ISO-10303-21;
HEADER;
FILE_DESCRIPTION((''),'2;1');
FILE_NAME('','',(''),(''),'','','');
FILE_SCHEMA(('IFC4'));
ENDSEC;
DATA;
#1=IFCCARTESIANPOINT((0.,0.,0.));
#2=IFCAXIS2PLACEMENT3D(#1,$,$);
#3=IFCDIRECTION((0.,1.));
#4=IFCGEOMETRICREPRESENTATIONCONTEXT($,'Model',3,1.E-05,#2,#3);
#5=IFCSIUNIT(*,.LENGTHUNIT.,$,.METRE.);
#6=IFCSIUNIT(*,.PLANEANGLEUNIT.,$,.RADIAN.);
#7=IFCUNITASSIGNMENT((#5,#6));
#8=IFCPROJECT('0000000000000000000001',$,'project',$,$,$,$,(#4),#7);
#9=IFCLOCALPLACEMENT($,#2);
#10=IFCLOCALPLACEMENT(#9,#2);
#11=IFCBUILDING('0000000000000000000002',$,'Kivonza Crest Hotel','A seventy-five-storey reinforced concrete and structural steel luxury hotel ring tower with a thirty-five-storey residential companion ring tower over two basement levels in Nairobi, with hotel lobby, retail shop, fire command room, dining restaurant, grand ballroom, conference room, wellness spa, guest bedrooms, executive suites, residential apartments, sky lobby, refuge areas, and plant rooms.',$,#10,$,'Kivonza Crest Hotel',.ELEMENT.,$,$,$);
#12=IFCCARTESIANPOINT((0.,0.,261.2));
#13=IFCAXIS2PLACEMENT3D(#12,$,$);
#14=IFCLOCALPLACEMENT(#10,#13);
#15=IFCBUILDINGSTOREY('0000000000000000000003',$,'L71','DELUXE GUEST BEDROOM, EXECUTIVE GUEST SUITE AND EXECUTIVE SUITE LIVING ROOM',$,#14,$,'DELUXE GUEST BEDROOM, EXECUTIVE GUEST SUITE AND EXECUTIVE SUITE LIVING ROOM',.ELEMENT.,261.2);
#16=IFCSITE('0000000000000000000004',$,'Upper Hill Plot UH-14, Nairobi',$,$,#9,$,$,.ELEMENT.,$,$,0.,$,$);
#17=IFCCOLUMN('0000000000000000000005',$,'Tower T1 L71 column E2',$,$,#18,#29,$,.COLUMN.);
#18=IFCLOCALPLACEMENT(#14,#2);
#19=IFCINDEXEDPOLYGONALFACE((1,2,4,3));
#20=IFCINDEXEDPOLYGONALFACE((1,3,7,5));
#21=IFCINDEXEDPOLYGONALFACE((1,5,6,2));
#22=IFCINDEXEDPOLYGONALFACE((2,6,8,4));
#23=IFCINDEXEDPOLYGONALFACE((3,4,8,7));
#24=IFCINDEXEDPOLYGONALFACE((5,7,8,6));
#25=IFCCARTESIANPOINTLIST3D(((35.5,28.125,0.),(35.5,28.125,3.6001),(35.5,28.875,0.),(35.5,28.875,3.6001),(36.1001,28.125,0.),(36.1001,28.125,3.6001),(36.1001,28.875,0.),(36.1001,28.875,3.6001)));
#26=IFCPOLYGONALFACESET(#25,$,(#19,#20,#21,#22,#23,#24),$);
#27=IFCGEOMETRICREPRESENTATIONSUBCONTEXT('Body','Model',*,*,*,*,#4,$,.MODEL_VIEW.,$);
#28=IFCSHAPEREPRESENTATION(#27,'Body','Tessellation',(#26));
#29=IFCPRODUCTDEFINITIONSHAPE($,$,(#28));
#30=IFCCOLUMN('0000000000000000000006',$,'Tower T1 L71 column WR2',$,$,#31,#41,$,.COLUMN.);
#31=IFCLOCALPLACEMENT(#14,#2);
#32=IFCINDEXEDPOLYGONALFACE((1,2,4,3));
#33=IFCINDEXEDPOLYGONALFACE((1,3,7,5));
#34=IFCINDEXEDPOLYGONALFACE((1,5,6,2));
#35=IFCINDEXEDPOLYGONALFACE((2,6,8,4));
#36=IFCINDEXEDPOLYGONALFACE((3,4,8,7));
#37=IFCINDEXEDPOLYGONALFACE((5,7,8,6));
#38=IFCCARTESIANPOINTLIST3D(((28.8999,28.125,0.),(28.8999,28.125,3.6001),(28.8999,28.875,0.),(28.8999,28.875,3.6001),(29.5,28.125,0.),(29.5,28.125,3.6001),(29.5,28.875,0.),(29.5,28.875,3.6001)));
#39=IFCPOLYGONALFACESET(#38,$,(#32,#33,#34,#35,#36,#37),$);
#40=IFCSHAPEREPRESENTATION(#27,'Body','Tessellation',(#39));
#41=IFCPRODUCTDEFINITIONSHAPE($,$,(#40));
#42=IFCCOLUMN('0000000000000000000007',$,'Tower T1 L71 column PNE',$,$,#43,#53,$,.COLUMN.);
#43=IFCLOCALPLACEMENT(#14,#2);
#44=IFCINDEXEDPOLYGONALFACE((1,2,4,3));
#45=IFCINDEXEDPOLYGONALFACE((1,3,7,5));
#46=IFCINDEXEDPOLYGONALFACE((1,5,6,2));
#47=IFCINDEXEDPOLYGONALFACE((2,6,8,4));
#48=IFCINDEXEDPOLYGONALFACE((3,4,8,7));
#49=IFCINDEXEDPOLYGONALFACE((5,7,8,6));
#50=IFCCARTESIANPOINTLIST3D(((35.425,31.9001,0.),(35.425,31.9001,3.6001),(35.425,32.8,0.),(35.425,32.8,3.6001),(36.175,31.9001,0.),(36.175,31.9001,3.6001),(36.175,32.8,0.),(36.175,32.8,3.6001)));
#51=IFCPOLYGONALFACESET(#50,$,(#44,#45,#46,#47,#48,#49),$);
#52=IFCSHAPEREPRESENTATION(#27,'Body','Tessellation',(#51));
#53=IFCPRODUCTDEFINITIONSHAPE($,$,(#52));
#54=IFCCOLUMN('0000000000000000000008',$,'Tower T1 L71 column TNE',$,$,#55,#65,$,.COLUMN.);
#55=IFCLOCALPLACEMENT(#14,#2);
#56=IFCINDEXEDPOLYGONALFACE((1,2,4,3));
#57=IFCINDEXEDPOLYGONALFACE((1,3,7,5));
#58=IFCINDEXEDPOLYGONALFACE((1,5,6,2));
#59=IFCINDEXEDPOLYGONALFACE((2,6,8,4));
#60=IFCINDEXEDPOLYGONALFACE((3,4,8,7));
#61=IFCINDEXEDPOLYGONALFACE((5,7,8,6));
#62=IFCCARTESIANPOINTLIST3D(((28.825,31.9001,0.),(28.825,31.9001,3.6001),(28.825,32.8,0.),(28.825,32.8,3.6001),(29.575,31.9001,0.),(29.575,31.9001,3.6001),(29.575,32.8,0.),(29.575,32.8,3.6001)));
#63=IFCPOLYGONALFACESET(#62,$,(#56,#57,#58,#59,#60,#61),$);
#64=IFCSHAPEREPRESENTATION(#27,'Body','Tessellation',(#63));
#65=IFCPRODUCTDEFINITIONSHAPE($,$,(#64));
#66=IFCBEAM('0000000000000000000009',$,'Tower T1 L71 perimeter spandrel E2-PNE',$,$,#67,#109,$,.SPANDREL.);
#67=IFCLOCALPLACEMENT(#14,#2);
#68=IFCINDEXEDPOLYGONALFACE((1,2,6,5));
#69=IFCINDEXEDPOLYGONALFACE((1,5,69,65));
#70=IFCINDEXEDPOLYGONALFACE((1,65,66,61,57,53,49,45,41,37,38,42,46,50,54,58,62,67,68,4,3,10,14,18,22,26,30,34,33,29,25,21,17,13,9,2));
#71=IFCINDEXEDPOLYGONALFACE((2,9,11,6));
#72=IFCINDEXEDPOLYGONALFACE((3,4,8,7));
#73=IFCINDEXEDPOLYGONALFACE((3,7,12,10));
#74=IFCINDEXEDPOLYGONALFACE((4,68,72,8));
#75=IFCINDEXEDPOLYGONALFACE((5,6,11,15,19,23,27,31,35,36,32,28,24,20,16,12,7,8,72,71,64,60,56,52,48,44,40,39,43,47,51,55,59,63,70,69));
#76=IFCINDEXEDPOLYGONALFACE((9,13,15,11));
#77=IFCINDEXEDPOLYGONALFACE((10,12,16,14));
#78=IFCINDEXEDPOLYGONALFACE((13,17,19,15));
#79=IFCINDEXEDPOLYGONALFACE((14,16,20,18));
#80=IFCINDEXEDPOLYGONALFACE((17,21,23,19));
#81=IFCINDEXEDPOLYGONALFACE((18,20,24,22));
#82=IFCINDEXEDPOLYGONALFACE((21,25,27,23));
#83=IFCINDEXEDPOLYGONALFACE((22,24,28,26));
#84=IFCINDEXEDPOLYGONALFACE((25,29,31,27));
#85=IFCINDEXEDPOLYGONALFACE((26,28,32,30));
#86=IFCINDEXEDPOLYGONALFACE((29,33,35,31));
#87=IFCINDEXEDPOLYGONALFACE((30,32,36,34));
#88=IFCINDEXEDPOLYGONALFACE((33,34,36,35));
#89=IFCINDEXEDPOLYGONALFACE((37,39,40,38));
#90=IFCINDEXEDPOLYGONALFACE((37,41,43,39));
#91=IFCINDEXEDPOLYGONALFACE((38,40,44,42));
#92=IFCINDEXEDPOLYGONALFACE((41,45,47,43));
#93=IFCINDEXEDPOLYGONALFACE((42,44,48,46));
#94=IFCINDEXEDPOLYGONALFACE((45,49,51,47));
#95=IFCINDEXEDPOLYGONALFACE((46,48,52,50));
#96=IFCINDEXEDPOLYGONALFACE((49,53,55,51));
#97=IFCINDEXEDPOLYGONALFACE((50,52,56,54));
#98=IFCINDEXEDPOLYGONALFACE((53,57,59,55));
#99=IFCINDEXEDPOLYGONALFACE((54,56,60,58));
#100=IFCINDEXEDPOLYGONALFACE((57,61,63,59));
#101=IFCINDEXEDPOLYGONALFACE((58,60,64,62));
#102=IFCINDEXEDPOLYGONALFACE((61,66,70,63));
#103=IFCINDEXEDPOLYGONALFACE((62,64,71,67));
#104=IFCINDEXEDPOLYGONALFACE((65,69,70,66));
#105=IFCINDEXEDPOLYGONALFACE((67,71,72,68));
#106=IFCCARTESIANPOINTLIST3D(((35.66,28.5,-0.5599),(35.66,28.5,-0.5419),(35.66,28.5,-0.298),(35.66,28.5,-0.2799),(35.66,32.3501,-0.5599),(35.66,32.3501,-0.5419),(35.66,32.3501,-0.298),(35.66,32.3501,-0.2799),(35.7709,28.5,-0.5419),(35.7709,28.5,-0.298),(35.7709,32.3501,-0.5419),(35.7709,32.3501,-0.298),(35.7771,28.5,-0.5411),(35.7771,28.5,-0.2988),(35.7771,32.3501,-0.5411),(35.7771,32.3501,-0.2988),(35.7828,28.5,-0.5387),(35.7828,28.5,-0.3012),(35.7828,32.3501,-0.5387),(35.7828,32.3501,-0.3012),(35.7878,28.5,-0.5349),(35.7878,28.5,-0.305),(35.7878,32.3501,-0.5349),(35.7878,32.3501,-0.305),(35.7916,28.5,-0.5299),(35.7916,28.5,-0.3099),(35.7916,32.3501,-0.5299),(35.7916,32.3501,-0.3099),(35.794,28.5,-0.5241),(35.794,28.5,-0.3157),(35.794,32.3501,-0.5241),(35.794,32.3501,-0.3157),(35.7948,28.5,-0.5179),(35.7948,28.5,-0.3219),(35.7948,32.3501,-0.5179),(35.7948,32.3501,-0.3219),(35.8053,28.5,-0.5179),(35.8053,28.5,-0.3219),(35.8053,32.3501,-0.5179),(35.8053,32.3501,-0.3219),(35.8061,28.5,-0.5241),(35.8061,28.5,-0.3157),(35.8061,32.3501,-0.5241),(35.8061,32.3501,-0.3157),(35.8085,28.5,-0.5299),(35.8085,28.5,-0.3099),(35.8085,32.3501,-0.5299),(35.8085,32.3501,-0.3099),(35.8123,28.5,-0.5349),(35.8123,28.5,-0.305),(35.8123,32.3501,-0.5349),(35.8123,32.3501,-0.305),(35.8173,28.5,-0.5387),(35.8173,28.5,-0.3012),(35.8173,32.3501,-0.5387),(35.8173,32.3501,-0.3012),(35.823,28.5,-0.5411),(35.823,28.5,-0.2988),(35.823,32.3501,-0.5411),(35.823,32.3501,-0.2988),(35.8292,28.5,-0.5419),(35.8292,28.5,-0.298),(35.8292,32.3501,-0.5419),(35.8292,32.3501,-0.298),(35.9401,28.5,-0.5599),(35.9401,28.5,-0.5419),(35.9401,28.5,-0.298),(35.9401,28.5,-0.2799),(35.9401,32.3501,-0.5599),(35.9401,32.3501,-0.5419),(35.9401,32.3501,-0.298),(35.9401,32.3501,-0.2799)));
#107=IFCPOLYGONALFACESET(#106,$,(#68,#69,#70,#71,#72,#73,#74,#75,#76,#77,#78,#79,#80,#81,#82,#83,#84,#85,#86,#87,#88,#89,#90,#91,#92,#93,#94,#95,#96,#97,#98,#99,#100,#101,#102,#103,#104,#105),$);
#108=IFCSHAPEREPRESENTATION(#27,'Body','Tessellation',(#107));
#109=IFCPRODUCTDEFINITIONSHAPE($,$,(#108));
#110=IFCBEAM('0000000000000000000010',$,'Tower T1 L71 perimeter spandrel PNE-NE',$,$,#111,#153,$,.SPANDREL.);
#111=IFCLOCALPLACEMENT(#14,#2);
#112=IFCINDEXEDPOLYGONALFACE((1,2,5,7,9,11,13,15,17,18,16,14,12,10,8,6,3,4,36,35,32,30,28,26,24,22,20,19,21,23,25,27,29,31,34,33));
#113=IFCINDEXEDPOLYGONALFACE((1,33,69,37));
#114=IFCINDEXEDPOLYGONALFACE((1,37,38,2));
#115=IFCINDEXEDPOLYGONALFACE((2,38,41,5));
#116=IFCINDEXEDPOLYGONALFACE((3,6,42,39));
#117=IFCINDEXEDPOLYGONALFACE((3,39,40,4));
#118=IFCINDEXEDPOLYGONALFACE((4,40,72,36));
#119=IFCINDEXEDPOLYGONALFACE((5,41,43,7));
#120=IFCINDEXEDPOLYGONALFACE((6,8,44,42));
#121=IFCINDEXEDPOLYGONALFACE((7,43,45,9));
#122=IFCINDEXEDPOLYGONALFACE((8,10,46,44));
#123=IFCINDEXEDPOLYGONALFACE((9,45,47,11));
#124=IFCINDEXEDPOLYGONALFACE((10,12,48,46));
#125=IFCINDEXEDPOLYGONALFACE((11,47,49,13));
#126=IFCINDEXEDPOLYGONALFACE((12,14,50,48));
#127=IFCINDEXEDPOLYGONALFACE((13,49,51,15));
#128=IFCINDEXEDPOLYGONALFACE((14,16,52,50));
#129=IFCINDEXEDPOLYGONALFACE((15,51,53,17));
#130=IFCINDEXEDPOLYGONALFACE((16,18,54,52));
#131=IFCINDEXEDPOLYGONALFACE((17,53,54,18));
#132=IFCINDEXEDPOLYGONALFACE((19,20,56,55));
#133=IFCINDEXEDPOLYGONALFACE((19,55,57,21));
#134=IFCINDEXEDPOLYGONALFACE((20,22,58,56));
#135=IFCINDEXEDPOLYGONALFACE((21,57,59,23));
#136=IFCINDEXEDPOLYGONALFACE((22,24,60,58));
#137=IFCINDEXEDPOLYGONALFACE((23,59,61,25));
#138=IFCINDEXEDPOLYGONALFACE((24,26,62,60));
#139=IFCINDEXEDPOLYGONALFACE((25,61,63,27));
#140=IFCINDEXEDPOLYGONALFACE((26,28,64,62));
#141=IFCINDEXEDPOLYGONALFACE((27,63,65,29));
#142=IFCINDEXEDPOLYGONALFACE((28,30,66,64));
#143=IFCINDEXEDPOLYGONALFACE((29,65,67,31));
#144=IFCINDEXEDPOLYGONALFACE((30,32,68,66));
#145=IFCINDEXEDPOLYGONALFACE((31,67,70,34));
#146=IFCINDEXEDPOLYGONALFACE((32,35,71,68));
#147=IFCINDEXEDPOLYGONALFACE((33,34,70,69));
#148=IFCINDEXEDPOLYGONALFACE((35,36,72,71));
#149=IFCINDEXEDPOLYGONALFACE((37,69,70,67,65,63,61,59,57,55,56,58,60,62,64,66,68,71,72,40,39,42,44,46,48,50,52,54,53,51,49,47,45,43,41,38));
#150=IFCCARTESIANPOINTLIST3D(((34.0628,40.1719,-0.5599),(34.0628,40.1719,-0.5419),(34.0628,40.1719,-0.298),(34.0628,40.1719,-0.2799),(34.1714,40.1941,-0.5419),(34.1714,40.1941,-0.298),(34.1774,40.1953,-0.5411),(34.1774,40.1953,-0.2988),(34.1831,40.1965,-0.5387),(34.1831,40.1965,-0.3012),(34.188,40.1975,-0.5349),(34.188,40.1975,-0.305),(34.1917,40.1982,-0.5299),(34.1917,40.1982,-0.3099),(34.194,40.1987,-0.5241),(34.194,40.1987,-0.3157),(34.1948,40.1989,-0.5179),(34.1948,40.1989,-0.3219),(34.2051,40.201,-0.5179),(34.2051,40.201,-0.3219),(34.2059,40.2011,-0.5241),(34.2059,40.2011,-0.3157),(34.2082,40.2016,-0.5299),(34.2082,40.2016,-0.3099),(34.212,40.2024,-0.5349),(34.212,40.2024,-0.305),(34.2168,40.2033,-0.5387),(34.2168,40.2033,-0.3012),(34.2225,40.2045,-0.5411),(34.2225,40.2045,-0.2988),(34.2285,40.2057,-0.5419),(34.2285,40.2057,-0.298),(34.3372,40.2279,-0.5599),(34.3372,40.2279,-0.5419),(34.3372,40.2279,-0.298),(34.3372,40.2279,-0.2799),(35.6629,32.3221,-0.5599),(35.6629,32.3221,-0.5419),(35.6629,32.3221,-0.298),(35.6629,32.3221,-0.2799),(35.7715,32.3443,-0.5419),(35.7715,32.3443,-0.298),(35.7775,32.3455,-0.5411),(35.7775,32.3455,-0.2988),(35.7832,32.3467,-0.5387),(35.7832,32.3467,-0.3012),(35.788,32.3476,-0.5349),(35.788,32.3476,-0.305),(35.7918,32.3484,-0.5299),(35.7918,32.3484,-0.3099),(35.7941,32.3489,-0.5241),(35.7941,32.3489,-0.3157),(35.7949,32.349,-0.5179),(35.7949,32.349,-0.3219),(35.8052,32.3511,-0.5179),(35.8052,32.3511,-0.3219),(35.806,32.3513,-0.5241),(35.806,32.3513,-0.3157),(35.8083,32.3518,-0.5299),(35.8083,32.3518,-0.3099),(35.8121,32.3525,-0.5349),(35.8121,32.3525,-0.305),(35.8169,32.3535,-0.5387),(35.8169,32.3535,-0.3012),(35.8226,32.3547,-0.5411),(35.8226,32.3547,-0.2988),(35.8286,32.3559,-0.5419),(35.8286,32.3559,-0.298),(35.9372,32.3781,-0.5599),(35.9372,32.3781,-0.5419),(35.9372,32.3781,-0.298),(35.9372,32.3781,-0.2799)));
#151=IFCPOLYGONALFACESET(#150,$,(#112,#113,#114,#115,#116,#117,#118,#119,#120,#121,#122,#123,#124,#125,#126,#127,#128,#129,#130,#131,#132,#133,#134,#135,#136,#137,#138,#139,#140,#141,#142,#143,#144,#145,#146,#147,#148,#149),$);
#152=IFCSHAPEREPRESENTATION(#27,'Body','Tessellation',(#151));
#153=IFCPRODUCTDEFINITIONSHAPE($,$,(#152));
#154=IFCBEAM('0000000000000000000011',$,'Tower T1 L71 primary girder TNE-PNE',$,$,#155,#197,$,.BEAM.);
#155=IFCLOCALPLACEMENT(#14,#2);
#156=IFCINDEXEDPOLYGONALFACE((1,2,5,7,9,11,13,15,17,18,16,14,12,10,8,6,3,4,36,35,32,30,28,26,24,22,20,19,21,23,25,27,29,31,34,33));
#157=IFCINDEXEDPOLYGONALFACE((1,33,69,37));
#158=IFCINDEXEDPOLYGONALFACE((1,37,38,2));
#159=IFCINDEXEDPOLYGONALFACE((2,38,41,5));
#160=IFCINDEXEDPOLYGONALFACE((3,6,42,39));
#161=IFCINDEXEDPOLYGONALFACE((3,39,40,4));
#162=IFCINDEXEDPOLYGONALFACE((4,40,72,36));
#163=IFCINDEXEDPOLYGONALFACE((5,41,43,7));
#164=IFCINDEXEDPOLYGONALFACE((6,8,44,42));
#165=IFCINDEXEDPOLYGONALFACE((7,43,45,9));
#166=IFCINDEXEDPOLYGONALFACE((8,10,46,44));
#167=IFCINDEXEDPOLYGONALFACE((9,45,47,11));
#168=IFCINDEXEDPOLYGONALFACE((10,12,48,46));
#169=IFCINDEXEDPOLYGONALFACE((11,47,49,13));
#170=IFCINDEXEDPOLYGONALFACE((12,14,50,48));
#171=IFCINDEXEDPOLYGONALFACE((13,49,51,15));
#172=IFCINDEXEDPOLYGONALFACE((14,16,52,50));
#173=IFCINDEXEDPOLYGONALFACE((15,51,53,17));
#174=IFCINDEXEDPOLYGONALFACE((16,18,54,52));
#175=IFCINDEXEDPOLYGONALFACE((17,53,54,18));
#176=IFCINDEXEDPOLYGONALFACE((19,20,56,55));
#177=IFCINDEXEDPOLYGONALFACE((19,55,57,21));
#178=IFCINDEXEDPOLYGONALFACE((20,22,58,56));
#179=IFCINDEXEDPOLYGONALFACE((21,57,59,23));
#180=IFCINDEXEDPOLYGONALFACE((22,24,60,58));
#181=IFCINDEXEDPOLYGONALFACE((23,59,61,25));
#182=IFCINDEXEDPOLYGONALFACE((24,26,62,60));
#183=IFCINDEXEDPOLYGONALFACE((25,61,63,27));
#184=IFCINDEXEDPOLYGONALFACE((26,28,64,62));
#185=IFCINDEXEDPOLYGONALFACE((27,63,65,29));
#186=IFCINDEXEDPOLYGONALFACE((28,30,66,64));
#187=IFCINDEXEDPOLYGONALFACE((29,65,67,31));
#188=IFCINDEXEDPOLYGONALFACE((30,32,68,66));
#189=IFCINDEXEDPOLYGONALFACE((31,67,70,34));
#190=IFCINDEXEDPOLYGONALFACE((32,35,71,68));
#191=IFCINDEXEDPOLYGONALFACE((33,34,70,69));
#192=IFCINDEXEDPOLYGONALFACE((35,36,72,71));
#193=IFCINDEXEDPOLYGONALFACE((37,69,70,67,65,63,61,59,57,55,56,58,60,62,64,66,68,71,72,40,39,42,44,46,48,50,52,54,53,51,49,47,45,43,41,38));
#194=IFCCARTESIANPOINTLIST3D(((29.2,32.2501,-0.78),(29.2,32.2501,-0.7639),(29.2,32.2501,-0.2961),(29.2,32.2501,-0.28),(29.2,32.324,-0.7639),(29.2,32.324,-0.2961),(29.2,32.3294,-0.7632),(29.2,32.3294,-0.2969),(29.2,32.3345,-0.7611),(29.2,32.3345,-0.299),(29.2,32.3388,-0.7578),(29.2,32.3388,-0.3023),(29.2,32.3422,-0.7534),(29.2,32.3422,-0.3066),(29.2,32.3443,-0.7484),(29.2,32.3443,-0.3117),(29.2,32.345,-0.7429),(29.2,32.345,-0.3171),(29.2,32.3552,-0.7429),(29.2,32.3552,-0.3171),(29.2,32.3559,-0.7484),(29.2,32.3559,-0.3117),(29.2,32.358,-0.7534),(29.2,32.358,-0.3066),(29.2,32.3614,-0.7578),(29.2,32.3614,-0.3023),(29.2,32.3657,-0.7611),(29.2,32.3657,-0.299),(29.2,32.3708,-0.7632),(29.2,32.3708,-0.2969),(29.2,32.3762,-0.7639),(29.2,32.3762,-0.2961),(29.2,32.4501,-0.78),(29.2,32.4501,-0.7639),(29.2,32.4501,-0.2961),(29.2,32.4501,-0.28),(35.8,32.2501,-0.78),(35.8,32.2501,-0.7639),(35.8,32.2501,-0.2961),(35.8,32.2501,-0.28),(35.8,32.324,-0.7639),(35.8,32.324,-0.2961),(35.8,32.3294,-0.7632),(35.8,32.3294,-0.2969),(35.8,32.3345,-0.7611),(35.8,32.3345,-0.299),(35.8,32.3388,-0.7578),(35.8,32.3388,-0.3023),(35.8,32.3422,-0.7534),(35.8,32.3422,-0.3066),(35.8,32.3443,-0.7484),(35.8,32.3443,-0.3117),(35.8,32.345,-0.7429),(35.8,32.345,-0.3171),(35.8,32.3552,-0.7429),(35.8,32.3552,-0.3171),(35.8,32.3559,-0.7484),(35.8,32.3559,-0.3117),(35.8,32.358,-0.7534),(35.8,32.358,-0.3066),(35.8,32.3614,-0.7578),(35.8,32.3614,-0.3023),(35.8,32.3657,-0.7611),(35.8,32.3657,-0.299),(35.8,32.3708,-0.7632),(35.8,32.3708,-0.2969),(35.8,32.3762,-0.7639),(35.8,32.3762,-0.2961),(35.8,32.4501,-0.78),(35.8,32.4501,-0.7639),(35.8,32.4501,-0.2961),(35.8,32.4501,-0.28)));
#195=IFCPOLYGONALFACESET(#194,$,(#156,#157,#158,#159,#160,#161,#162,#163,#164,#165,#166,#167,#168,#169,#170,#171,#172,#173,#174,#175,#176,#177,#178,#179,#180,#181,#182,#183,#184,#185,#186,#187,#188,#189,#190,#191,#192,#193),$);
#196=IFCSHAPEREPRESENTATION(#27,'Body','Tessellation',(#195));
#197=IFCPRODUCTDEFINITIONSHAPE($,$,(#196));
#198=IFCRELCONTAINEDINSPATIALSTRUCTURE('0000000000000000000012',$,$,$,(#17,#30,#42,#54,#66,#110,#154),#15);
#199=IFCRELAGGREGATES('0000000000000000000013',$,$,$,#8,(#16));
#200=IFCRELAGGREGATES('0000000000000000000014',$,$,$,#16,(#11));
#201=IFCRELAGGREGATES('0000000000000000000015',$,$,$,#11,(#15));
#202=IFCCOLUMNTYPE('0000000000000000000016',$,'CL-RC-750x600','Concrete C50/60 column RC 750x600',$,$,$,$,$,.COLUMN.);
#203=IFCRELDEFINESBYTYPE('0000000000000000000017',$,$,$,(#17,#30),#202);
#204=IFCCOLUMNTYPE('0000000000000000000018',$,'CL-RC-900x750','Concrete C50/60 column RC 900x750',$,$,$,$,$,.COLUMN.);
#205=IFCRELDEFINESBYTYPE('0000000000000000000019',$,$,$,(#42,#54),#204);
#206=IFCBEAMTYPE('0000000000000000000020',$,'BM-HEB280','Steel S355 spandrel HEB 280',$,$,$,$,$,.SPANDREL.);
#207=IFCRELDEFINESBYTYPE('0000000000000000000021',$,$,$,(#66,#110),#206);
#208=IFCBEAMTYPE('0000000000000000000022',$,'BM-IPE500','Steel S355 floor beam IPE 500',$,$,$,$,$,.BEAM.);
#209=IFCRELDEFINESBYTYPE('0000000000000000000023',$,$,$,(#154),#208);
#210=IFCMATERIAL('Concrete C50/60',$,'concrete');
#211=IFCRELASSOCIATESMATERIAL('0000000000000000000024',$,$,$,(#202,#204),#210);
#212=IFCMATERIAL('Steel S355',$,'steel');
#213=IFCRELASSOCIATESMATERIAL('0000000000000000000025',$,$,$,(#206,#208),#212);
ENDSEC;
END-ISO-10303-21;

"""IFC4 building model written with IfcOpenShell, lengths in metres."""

from ifc_helpers import new_model, si_unit, direction, frame, origin, origin_2d, place, context, subcontext, project, spatial, rectangle, i_section, extrude, material, material_profile, profile_set, type_object, element, save


model = new_model("IFC4")

# Units and contexts
model_context = context("Model", 3, precision=1e-05, world=origin(), true_north=direction((0.0, 1.0)))
body_context = subcontext(model_context, "Body", "Model", "MODEL_VIEW")
ifc_project = project(units=[si_unit("LENGTHUNIT", "METRE"), si_unit("PLANEANGLEUNIT", "RADIAN")], contexts=[model_context])

# Site, building, storey
site_placement = place(None, origin())
site = spatial("IfcSite", under=ifc_project, at=site_placement, Name="Upper Hill Plot UH-14, Nairobi", CompositionType="ELEMENT", RefElevation=0.0)
building_placement = place(site_placement, origin())
building = spatial("IfcBuilding", under=site, at=building_placement, Name="Kivonza Crest Hotel", Description="A seventy-five-storey reinforced concrete and structural steel luxury hotel ring tower with a thirty-five-storey residential companion ring tower over two basement levels in Nairobi, with hotel lobby, retail shop, fire command room, dining restaurant, grand ballroom, conference room, wellness spa, guest bedrooms, executive suites, residential apartments, sky lobby, refuge areas, and plant rooms.", LongName="Kivonza Crest Hotel", CompositionType="ELEMENT")
storey_placement = place(building_placement, frame((0.0, 0.0, 261.2)))
storey = spatial("IfcBuildingStorey", under=building, at=storey_placement, Name="L71", Description="DELUXE GUEST BEDROOM, EXECUTIVE GUEST SUITE AND EXECUTIVE SUITE LIVING ROOM", LongName="DELUXE GUEST BEDROOM, EXECUTIVE GUEST SUITE AND EXECUTIVE SUITE LIVING ROOM", CompositionType="ELEMENT", Elevation=261.2)

# Columns
ifc_material_1 = material(Name="Concrete C50/60", Category="concrete")
ifc_material_profile_1 = material_profile(ifc_material_1, rectangle(XDim=0.6001, YDim=0.75, at=origin_2d()), Name="RC 750x600")
ifc_profile_set_1 = profile_set([ifc_material_profile_1], Name="Concrete C50/60")
column_type_1 = type_object("IfcColumnType", Name="CL-RC-750x600", Description="Concrete C50/60 column RC 750x600", PredefinedType="COLUMN", material=ifc_profile_set_1)
for number, where, z_axis, x_axis, name in (
    (1, (35.8, 28.5, 0.0), (0.0, 0.0, 1.0), (1.0, 0.0, 0.0), "Tower T1 L71 column E2"),
    (2, (29.2, 28.5, 0.0), (0.0, 0.0, 1.0), (1.0, 0.0, 0.0), "Tower T1 L71 column WR2"),
):
    element("IfcColumn", number, at=place(storey_placement, frame(where, z_axis=z_axis, x_axis=x_axis)), inside=storey, type_object=column_type_1, Name=name, PredefinedType="COLUMN", context=body_context, shape_type="SweptSolid", body=[
        extrude(rectangle(XDim=0.6001, YDim=0.75, at=origin_2d()), origin(), (0.0, 0.0, 1.0), 3.6001),
    ])
ifc_material_profile_2 = material_profile(ifc_material_1, rectangle(XDim=0.75, YDim=0.8999, at=origin_2d()), Name="RC 900x750")
ifc_profile_set_2 = profile_set([ifc_material_profile_2], Name="Concrete C50/60")
column_type_2 = type_object("IfcColumnType", Name="CL-RC-900x750", Description="Concrete C50/60 column RC 900x750", PredefinedType="COLUMN", material=ifc_profile_set_2)
for number, where, z_axis, x_axis, name in (
    (3, (35.8, 32.3501, 0.0), (0.0, 0.0, 1.0), (1.0, 0.0, 0.0), "Tower T1 L71 column PNE"),
    (4, (29.2, 32.3501, 0.0), (0.0, 0.0, 1.0), (1.0, 0.0, 0.0), "Tower T1 L71 column TNE"),
):
    element("IfcColumn", number, at=place(storey_placement, frame(where, z_axis=z_axis, x_axis=x_axis)), inside=storey, type_object=column_type_2, Name=name, PredefinedType="COLUMN", context=body_context, shape_type="SweptSolid", body=[
        extrude(rectangle(XDim=0.75, YDim=0.8999, at=origin_2d()), origin(), (0.0, 0.0, 1.0), 3.6001),
    ])

# Beams
ifc_material_2 = material(Name="Steel S355", Category="steel")
ifc_material_profile_3 = material_profile(ifc_material_2, i_section(OverallWidth=0.28, OverallDepth=0.28, WebThickness=0.0105, FlangeThickness=0.0181, FilletRadius=0.0239, at=origin_2d()), Name="HEB 280")
ifc_profile_set_3 = profile_set([ifc_material_profile_3], Name="Steel S355")
beam_type_1 = type_object("IfcBeamType", Name="BM-HEB280", Description="Steel S355 spandrel HEB 280", PredefinedType="SPANDREL", material=ifc_profile_set_3)
beam_1_placement = place(storey_placement, frame((35.8, 28.5, -0.4199), z_axis=(0.0, 1.0, 0.0), x_axis=(-1.0, 0.0, 0.0)))
element("IfcBeam", 5, at=beam_1_placement, inside=storey, type_object=beam_type_1, Name="Tower T1 L71 perimeter spandrel E2-PNE", PredefinedType="SPANDREL", context=body_context, shape_type="SweptSolid", body=[
    extrude(i_section(OverallWidth=0.28, OverallDepth=0.28, WebThickness=0.0105, FlangeThickness=0.0181, FilletRadius=0.0239, at=origin_2d()), origin(), (0.0, 0.0, 1.0), 3.8501),
])
beam_2_placement = place(storey_placement, frame((35.8, 32.3501, -0.4199), z_axis=(-0.199731, 0.979851, 0.0), x_axis=(-0.979851, -0.199731, 0.0)))
element("IfcBeam", 6, at=beam_2_placement, inside=storey, type_object=beam_type_1, Name="Tower T1 L71 perimeter spandrel PNE-NE", PredefinedType="SPANDREL", context=body_context, shape_type="SweptSolid", body=[
    extrude(i_section(OverallWidth=0.28, OverallDepth=0.28, WebThickness=0.0105, FlangeThickness=0.0181, FilletRadius=0.0239, at=origin_2d()), origin(), (0.0, 0.0, 1.0), 8.0112),
])
ifc_material_profile_4 = material_profile(ifc_material_2, i_section(OverallWidth=0.2, OverallDepth=0.5, WebThickness=0.0103, FlangeThickness=0.0161, FilletRadius=0.021, at=origin_2d()), Name="IPE 500")
ifc_profile_set_4 = profile_set([ifc_material_profile_4], Name="Steel S355")
beam_type_2 = type_object("IfcBeamType", Name="BM-IPE500", Description="Steel S355 floor beam IPE 500", PredefinedType="BEAM", material=ifc_profile_set_4)
beam_3_placement = place(storey_placement, frame((29.2, 32.3501, -0.53), z_axis=(1.0, 0.0, 0.0), x_axis=(0.0, 1.0, 0.0)))
element("IfcBeam", 7, at=beam_3_placement, inside=storey, type_object=beam_type_2, Name="Tower T1 L71 primary girder TNE-PNE", PredefinedType="BEAM", context=body_context, shape_type="SweptSolid", body=[
    extrude(i_section(OverallWidth=0.2, OverallDepth=0.5, WebThickness=0.0103, FlangeThickness=0.0161, FilletRadius=0.021, at=origin_2d()), origin(), (0.0, 0.0, 1.0), 6.6001),
])

save(model, "model.ifc")
